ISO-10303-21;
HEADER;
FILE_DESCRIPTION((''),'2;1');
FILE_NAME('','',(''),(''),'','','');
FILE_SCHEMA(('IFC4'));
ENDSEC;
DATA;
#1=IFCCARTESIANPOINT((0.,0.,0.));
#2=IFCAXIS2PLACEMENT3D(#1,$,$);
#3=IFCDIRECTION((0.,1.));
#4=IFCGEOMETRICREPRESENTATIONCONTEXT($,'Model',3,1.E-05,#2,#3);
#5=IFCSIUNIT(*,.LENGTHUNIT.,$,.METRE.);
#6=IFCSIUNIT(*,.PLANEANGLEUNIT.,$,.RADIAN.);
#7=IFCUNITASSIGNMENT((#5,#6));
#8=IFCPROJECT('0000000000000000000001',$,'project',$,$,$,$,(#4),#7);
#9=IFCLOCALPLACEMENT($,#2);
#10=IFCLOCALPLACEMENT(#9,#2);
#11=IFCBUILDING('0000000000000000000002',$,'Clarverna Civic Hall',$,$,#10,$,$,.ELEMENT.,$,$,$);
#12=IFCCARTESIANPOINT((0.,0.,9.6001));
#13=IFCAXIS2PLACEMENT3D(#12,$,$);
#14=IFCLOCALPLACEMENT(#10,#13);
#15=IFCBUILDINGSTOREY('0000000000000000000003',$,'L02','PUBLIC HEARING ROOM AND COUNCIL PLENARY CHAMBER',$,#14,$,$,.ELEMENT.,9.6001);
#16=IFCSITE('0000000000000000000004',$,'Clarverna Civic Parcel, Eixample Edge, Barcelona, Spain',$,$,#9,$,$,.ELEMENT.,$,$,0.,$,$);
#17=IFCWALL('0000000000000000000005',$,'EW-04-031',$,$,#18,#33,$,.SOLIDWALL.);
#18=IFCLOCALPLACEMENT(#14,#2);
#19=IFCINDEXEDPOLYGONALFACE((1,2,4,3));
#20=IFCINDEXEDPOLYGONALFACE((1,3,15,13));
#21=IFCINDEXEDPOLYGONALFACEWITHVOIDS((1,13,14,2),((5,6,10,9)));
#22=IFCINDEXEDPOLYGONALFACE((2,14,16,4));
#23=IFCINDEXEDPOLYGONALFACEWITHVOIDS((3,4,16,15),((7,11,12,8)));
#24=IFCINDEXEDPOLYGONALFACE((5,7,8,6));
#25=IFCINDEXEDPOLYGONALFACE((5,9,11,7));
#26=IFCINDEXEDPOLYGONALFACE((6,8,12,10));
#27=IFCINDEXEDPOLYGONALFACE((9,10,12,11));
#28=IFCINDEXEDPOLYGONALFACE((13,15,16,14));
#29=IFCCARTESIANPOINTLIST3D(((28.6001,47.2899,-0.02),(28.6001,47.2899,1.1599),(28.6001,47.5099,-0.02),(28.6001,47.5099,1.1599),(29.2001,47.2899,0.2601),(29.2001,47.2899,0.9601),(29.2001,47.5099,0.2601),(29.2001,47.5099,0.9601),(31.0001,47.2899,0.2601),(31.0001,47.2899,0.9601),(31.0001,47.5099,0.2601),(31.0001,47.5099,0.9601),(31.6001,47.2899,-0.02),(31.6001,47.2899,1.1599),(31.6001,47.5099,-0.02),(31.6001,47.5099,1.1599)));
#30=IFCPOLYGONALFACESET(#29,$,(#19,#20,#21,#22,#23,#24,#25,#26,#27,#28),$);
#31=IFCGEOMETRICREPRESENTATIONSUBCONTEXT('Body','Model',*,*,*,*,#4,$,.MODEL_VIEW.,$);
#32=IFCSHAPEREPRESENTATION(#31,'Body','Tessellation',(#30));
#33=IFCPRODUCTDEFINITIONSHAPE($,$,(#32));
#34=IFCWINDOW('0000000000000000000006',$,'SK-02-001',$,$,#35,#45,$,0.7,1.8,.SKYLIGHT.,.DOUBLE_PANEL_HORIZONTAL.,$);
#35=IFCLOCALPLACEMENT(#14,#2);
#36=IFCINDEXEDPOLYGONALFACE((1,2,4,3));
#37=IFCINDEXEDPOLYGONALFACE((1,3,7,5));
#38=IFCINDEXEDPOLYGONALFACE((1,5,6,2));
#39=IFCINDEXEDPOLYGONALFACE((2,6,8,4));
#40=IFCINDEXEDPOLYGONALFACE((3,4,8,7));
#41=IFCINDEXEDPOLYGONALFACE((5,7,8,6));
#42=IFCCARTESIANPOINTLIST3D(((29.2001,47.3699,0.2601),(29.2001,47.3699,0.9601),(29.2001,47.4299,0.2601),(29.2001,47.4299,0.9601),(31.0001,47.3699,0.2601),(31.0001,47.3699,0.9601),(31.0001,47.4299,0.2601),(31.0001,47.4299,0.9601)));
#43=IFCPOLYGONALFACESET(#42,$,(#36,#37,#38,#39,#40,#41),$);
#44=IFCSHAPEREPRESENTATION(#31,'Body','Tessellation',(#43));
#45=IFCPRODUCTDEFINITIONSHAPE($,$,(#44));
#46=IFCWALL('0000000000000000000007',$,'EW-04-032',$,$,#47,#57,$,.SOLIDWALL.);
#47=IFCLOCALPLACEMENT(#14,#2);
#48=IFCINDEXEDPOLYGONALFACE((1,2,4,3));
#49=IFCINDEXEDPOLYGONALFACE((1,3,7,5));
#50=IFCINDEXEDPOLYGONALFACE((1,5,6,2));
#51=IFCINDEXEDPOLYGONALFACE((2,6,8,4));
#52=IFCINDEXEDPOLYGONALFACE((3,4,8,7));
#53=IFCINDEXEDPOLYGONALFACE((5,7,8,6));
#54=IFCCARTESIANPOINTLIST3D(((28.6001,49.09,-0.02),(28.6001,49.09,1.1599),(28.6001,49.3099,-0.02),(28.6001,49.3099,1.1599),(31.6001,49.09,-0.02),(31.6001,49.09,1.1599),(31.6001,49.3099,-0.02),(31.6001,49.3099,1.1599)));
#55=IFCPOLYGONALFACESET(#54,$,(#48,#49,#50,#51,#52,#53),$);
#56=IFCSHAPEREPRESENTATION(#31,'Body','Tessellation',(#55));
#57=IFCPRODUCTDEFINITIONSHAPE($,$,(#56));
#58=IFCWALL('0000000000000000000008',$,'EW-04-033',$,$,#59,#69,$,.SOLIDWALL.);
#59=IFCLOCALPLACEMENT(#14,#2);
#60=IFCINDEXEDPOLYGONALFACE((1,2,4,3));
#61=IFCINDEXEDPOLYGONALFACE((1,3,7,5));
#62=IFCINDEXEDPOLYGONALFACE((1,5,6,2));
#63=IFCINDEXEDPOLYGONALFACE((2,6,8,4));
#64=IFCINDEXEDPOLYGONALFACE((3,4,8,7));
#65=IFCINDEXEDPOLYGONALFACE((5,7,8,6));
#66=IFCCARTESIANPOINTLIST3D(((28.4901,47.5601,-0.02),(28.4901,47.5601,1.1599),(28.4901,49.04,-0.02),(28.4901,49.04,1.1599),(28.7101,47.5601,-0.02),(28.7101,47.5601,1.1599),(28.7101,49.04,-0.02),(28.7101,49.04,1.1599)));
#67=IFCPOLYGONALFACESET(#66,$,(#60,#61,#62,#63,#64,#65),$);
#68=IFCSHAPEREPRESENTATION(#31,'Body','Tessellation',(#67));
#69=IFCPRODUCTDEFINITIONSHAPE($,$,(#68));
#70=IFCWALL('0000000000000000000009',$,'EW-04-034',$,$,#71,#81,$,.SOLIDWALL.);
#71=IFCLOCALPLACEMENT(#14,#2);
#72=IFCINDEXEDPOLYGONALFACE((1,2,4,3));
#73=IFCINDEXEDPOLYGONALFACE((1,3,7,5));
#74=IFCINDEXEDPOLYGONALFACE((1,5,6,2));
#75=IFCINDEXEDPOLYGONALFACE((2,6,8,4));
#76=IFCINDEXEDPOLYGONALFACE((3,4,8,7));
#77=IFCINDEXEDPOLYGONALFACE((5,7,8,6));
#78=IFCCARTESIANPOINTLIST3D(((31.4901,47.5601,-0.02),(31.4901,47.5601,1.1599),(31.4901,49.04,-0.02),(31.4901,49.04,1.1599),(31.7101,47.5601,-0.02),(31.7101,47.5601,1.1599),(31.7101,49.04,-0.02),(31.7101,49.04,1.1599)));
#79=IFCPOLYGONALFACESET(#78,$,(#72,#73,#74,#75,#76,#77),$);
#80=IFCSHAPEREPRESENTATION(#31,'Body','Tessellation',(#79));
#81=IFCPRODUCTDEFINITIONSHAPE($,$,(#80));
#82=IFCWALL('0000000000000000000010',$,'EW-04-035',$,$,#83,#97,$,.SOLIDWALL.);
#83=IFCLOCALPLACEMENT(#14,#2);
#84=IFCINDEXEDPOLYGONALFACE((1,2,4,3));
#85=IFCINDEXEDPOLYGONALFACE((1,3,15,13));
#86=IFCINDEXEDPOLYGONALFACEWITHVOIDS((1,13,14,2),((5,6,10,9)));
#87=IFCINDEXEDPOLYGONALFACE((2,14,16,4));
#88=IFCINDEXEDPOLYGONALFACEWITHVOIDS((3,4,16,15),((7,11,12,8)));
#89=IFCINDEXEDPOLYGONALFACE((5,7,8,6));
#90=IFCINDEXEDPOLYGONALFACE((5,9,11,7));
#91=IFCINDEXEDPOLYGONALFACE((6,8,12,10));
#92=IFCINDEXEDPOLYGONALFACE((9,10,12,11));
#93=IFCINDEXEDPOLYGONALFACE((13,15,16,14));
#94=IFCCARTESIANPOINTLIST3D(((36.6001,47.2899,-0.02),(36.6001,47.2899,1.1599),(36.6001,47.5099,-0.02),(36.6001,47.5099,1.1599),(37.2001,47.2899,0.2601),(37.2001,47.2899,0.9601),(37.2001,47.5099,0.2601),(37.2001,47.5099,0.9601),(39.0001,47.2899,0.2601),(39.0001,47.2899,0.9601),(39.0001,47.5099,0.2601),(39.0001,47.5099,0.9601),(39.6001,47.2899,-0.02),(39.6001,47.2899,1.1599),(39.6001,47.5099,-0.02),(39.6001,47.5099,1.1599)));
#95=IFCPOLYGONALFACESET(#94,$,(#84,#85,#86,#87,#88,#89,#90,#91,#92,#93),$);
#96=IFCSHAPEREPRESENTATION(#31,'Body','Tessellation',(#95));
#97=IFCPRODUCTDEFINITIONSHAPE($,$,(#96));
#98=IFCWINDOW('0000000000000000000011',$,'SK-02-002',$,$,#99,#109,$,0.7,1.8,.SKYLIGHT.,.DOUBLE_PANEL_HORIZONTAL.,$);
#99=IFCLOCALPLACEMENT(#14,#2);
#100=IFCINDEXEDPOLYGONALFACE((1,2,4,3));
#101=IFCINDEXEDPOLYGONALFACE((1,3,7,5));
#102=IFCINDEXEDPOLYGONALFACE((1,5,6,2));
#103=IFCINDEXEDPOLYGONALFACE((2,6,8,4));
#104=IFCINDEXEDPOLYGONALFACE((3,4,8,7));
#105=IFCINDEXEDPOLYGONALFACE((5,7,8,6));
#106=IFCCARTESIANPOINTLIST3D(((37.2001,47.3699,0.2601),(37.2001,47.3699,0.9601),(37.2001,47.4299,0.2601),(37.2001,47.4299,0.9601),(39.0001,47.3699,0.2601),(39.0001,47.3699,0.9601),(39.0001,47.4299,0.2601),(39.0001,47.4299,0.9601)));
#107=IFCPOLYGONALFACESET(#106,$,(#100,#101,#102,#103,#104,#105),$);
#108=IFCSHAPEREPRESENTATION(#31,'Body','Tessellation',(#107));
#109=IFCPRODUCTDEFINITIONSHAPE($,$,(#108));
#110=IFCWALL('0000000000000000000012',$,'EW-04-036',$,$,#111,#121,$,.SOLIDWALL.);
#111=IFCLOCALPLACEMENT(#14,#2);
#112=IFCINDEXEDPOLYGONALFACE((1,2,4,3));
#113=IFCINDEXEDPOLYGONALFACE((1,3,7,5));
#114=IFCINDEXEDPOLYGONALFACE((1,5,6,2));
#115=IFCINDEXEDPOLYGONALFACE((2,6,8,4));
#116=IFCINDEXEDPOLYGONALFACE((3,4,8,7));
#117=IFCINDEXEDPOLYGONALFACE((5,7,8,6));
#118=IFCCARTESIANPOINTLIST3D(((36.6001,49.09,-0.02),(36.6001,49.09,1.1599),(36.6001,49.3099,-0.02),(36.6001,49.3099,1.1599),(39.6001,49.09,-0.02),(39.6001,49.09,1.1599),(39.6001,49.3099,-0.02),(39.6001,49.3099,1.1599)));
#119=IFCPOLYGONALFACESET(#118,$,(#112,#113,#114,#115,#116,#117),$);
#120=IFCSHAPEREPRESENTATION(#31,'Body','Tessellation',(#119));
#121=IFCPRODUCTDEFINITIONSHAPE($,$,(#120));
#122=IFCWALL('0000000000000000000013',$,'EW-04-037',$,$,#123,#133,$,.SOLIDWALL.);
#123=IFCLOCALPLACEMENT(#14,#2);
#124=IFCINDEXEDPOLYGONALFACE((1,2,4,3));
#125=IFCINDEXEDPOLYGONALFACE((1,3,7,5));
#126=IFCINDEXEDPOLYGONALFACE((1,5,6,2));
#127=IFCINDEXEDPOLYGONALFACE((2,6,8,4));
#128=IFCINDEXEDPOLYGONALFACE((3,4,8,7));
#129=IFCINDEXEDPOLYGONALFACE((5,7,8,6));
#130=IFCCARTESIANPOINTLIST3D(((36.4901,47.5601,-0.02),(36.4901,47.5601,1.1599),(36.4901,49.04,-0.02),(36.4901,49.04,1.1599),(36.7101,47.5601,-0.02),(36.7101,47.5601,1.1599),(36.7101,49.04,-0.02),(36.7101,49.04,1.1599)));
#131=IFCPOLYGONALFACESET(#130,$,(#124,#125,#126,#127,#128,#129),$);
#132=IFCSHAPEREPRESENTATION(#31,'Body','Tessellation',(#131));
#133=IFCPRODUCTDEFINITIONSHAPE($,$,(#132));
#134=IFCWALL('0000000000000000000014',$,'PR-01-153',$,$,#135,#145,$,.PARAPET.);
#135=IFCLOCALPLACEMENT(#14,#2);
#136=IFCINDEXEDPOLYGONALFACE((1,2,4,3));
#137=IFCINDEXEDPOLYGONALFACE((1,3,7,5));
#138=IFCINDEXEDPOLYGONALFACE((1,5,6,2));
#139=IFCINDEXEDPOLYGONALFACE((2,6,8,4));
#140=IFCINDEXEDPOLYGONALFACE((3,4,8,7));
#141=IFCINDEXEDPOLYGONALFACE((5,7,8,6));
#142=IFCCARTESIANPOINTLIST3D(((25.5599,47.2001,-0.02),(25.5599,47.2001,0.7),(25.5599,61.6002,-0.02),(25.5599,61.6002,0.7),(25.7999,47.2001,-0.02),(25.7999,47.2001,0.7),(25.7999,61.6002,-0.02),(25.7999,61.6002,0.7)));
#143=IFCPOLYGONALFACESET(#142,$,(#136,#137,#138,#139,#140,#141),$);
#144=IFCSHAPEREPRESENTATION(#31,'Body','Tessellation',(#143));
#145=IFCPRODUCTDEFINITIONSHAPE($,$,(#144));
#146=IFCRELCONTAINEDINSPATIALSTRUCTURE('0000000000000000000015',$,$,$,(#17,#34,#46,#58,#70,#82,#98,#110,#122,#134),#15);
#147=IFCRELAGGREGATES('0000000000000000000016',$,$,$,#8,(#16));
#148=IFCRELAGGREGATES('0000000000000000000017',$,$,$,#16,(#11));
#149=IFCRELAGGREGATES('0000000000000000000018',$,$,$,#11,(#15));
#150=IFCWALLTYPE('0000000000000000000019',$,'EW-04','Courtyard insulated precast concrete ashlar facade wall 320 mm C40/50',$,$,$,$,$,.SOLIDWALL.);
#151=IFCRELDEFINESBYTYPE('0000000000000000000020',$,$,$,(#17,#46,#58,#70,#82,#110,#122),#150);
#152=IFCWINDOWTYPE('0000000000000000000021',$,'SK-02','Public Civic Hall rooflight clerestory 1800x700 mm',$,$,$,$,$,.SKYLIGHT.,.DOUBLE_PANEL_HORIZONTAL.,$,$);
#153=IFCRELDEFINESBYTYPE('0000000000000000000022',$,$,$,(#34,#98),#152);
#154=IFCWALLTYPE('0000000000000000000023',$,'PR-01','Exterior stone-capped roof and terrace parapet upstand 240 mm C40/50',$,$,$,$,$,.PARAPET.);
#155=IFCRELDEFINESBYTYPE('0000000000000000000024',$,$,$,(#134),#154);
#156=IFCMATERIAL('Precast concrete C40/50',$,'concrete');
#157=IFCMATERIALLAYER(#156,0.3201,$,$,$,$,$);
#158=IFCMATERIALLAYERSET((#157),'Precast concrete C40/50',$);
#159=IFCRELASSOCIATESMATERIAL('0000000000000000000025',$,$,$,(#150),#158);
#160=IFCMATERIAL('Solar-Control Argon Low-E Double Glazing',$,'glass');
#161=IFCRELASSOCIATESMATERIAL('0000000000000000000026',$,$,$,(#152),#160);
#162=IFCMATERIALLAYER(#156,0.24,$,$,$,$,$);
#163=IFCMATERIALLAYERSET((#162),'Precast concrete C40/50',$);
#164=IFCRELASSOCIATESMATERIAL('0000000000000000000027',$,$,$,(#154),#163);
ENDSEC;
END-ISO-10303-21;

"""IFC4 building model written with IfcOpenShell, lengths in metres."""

from ifc_helpers import new_model, si_unit, direction, frame, frame_2d, origin, place, context, subcontext, project, spatial, rectangle, extrude, material, layer, layer_set, type_object, element, fill, save


model = new_model("IFC4")

# Units and contexts
model_context = context("Model", 3, precision=1e-05, world=origin(), true_north=direction((0.0, 1.0)))
body_context = subcontext(model_context, "Body", "Model", "MODEL_VIEW")
ifc_project = project(units=[si_unit("LENGTHUNIT", "METRE"), si_unit("PLANEANGLEUNIT", "RADIAN")], contexts=[model_context])

# Site, building, storey
site_placement = place(None, origin())
site = spatial("IfcSite", under=ifc_project, at=site_placement, Name="Clarverna Civic Parcel, Eixample Edge, Barcelona, Spain", CompositionType="ELEMENT", RefElevation=0.0)
building_placement = place(site_placement, origin())
building = spatial("IfcBuilding", under=site, at=building_placement, Name="Clarverna Civic Hall", CompositionType="ELEMENT")
storey_placement = place(building_placement, frame((0.0, 0.0, 9.6001)))
storey = spatial("IfcBuildingStorey", under=building, at=storey_placement, Name="L02", Description="PUBLIC HEARING ROOM AND COUNCIL PLENARY CHAMBER", CompositionType="ELEMENT", Elevation=9.6001)

# Shared definitions
ifc_material_1 = material(Name="Solar-Control Argon Low-E Double Glazing", Category="glass")

# Wall, opening, window
ifc_material_2 = material(Name="Precast concrete C40/50", Category="concrete")
ifc_layer_1 = layer(ifc_material_2, 0.3201)
ifc_layer_set_1 = layer_set([ifc_layer_1], Name="Precast concrete C40/50")
wall_type_1 = type_object("IfcWallType", Name="EW-04", Description="Courtyard insulated precast concrete ashlar facade wall 320 mm C40/50", PredefinedType="SOLIDWALL", material=ifc_layer_set_1)
wall_1_placement = place(storey_placement, frame((28.6001, 47.3999, -0.02), z_axis=(0.0, 0.0, 1.0), x_axis=(1.0, 0.0, 0.0)))
wall_1 = element("IfcWall", 1, at=wall_1_placement, inside=storey, type_object=wall_type_1, Name="EW-04-031", PredefinedType="SOLIDWALL", context=body_context, shape_type="SweptSolid", body=[
    extrude(rectangle(XDim=3.0, YDim=0.22, at=frame_2d((1.5, 0.0))), origin(), (0.0, 0.0, 1.0), 1.1799),
])
opening_1_placement = place(wall_1_placement, frame((0.6001, 0.0, 0.28)))
opening_1 = element("IfcOpeningElement", 2, at=opening_1_placement, cuts=wall_1, PredefinedType="OPENING", context=body_context, shape_type="SweptSolid", body=[
    extrude(rectangle(XDim=1.8, YDim=0.7, at=frame_2d((0.8999, 0.3501))), frame((0.0, 0.1199, 0.0), z_axis=(0.0, -1.0, 0.0), x_axis=(1.0, 0.0, 0.0)), (0.0, 0.0, 1.0), 0.24),
])
window_type = type_object("IfcWindowType", Name="SK-02", Description="Public Civic Hall rooflight clerestory 1800x700 mm", PartitioningType="DOUBLE_PANEL_HORIZONTAL", PredefinedType="SKYLIGHT", material=ifc_material_1)
window_1_placement = place(opening_1_placement, origin())
window_1 = element("IfcWindow", 3, at=window_1_placement, inside=storey, type_object=window_type, Name="SK-02-001", OverallHeight=0.7, OverallWidth=1.8, PartitioningType="DOUBLE_PANEL_HORIZONTAL", PredefinedType="SKYLIGHT", context=body_context, shape_type="SweptSolid", body=[
    extrude(rectangle(XDim=1.8, YDim=0.7, at=frame_2d((0.8999, 0.3501))), frame((0.0, 0.03, 0.0), z_axis=(0.0, -1.0, 0.0), x_axis=(1.0, 0.0, 0.0)), (0.0, 0.0, 1.0), 0.0601),
])
fill(opening_1, window_1)

# Walls
wall_2_placement = place(storey_placement, frame((28.6001, 49.2, -0.02), z_axis=(0.0, 0.0, 1.0), x_axis=(1.0, 0.0, 0.0)))
element("IfcWall", 4, at=wall_2_placement, inside=storey, type_object=wall_type_1, Name="EW-04-032", PredefinedType="SOLIDWALL", context=body_context, shape_type="SweptSolid", body=[
    extrude(rectangle(XDim=3.0, YDim=0.22, at=frame_2d((1.5, 0.0))), origin(), (0.0, 0.0, 1.0), 1.1799),
])
for number, where, z_axis, x_axis, name in (
    (5, (28.6001, 47.5601, -0.02), (0.0, 0.0, 1.0), (0.0, 1.0, 0.0), "EW-04-033"),
    (6, (31.6001, 47.5601, -0.02), (0.0, 0.0, 1.0), (0.0, 1.0, 0.0), "EW-04-034"),
):
    element("IfcWall", number, at=place(storey_placement, frame(where, z_axis=z_axis, x_axis=x_axis)), inside=storey, type_object=wall_type_1, Name=name, PredefinedType="SOLIDWALL", context=body_context, shape_type="SweptSolid", body=[
        extrude(rectangle(XDim=1.48, YDim=0.22, at=frame_2d((0.74, 0.0))), origin(), (0.0, 0.0, 1.0), 1.1799),
    ])

# Wall, opening, window
wall_3_placement = place(storey_placement, frame((36.6001, 47.3999, -0.02), z_axis=(0.0, 0.0, 1.0), x_axis=(1.0, 0.0, 0.0)))
wall_3 = element("IfcWall", 7, at=wall_3_placement, inside=storey, type_object=wall_type_1, Name="EW-04-035", PredefinedType="SOLIDWALL", context=body_context, shape_type="SweptSolid", body=[
    extrude(rectangle(XDim=3.0, YDim=0.22, at=frame_2d((1.5, 0.0))), origin(), (0.0, 0.0, 1.0), 1.1799),
])
opening_2_placement = place(wall_3_placement, frame((0.6001, 0.0, 0.28)))
opening_2 = element("IfcOpeningElement", 8, at=opening_2_placement, cuts=wall_3, PredefinedType="OPENING", context=body_context, shape_type="SweptSolid", body=[
    extrude(rectangle(XDim=1.8, YDim=0.7, at=frame_2d((0.8999, 0.3501))), frame((0.0, 0.1199, 0.0), z_axis=(0.0, -1.0, 0.0), x_axis=(1.0, 0.0, 0.0)), (0.0, 0.0, 1.0), 0.24),
])
window_2_placement = place(opening_2_placement, origin())
window_2 = element("IfcWindow", 9, at=window_2_placement, inside=storey, type_object=window_type, Name="SK-02-002", OverallHeight=0.7, OverallWidth=1.8, PartitioningType="DOUBLE_PANEL_HORIZONTAL", PredefinedType="SKYLIGHT", context=body_context, shape_type="SweptSolid", body=[
    extrude(rectangle(XDim=1.8, YDim=0.7, at=frame_2d((0.8999, 0.3501))), frame((0.0, 0.03, 0.0), z_axis=(0.0, -1.0, 0.0), x_axis=(1.0, 0.0, 0.0)), (0.0, 0.0, 1.0), 0.0601),
])
fill(opening_2, window_2)

# Walls
wall_4_placement = place(storey_placement, frame((36.6001, 49.2, -0.02), z_axis=(0.0, 0.0, 1.0), x_axis=(1.0, 0.0, 0.0)))
element("IfcWall", 10, at=wall_4_placement, inside=storey, type_object=wall_type_1, Name="EW-04-036", PredefinedType="SOLIDWALL", context=body_context, shape_type="SweptSolid", body=[
    extrude(rectangle(XDim=3.0, YDim=0.22, at=frame_2d((1.5, 0.0))), origin(), (0.0, 0.0, 1.0), 1.1799),
])
wall_5_placement = place(storey_placement, frame((36.6001, 47.5601, -0.02), z_axis=(0.0, 0.0, 1.0), x_axis=(0.0, 1.0, 0.0)))
element("IfcWall", 11, at=wall_5_placement, inside=storey, type_object=wall_type_1, Name="EW-04-037", PredefinedType="SOLIDWALL", context=body_context, shape_type="SweptSolid", body=[
    extrude(rectangle(XDim=1.48, YDim=0.22, at=frame_2d((0.74, 0.0))), origin(), (0.0, 0.0, 1.0), 1.1799),
])
ifc_layer_2 = layer(ifc_material_2, 0.24)
ifc_layer_set_2 = layer_set([ifc_layer_2], Name="Precast concrete C40/50")
wall_type_2 = type_object("IfcWallType", Name="PR-01", Description="Exterior stone-capped roof and terrace parapet upstand 240 mm C40/50", PredefinedType="PARAPET", material=ifc_layer_set_2)
wall_6_placement = place(storey_placement, frame((25.6799, 47.2, -0.02), z_axis=(0.0, 0.0, 1.0), x_axis=(0.0, 1.0, 0.0)))
element("IfcWall", 12, at=wall_6_placement, inside=storey, type_object=wall_type_2, Name="PR-01-153", PredefinedType="PARAPET", context=body_context, shape_type="SweptSolid", body=[
    extrude(rectangle(XDim=14.4001, YDim=0.24, at=frame_2d((7.2002, 0.0))), origin(), (0.0, 0.0, 1.0), 0.72),
])

save(model, "model.ifc")
